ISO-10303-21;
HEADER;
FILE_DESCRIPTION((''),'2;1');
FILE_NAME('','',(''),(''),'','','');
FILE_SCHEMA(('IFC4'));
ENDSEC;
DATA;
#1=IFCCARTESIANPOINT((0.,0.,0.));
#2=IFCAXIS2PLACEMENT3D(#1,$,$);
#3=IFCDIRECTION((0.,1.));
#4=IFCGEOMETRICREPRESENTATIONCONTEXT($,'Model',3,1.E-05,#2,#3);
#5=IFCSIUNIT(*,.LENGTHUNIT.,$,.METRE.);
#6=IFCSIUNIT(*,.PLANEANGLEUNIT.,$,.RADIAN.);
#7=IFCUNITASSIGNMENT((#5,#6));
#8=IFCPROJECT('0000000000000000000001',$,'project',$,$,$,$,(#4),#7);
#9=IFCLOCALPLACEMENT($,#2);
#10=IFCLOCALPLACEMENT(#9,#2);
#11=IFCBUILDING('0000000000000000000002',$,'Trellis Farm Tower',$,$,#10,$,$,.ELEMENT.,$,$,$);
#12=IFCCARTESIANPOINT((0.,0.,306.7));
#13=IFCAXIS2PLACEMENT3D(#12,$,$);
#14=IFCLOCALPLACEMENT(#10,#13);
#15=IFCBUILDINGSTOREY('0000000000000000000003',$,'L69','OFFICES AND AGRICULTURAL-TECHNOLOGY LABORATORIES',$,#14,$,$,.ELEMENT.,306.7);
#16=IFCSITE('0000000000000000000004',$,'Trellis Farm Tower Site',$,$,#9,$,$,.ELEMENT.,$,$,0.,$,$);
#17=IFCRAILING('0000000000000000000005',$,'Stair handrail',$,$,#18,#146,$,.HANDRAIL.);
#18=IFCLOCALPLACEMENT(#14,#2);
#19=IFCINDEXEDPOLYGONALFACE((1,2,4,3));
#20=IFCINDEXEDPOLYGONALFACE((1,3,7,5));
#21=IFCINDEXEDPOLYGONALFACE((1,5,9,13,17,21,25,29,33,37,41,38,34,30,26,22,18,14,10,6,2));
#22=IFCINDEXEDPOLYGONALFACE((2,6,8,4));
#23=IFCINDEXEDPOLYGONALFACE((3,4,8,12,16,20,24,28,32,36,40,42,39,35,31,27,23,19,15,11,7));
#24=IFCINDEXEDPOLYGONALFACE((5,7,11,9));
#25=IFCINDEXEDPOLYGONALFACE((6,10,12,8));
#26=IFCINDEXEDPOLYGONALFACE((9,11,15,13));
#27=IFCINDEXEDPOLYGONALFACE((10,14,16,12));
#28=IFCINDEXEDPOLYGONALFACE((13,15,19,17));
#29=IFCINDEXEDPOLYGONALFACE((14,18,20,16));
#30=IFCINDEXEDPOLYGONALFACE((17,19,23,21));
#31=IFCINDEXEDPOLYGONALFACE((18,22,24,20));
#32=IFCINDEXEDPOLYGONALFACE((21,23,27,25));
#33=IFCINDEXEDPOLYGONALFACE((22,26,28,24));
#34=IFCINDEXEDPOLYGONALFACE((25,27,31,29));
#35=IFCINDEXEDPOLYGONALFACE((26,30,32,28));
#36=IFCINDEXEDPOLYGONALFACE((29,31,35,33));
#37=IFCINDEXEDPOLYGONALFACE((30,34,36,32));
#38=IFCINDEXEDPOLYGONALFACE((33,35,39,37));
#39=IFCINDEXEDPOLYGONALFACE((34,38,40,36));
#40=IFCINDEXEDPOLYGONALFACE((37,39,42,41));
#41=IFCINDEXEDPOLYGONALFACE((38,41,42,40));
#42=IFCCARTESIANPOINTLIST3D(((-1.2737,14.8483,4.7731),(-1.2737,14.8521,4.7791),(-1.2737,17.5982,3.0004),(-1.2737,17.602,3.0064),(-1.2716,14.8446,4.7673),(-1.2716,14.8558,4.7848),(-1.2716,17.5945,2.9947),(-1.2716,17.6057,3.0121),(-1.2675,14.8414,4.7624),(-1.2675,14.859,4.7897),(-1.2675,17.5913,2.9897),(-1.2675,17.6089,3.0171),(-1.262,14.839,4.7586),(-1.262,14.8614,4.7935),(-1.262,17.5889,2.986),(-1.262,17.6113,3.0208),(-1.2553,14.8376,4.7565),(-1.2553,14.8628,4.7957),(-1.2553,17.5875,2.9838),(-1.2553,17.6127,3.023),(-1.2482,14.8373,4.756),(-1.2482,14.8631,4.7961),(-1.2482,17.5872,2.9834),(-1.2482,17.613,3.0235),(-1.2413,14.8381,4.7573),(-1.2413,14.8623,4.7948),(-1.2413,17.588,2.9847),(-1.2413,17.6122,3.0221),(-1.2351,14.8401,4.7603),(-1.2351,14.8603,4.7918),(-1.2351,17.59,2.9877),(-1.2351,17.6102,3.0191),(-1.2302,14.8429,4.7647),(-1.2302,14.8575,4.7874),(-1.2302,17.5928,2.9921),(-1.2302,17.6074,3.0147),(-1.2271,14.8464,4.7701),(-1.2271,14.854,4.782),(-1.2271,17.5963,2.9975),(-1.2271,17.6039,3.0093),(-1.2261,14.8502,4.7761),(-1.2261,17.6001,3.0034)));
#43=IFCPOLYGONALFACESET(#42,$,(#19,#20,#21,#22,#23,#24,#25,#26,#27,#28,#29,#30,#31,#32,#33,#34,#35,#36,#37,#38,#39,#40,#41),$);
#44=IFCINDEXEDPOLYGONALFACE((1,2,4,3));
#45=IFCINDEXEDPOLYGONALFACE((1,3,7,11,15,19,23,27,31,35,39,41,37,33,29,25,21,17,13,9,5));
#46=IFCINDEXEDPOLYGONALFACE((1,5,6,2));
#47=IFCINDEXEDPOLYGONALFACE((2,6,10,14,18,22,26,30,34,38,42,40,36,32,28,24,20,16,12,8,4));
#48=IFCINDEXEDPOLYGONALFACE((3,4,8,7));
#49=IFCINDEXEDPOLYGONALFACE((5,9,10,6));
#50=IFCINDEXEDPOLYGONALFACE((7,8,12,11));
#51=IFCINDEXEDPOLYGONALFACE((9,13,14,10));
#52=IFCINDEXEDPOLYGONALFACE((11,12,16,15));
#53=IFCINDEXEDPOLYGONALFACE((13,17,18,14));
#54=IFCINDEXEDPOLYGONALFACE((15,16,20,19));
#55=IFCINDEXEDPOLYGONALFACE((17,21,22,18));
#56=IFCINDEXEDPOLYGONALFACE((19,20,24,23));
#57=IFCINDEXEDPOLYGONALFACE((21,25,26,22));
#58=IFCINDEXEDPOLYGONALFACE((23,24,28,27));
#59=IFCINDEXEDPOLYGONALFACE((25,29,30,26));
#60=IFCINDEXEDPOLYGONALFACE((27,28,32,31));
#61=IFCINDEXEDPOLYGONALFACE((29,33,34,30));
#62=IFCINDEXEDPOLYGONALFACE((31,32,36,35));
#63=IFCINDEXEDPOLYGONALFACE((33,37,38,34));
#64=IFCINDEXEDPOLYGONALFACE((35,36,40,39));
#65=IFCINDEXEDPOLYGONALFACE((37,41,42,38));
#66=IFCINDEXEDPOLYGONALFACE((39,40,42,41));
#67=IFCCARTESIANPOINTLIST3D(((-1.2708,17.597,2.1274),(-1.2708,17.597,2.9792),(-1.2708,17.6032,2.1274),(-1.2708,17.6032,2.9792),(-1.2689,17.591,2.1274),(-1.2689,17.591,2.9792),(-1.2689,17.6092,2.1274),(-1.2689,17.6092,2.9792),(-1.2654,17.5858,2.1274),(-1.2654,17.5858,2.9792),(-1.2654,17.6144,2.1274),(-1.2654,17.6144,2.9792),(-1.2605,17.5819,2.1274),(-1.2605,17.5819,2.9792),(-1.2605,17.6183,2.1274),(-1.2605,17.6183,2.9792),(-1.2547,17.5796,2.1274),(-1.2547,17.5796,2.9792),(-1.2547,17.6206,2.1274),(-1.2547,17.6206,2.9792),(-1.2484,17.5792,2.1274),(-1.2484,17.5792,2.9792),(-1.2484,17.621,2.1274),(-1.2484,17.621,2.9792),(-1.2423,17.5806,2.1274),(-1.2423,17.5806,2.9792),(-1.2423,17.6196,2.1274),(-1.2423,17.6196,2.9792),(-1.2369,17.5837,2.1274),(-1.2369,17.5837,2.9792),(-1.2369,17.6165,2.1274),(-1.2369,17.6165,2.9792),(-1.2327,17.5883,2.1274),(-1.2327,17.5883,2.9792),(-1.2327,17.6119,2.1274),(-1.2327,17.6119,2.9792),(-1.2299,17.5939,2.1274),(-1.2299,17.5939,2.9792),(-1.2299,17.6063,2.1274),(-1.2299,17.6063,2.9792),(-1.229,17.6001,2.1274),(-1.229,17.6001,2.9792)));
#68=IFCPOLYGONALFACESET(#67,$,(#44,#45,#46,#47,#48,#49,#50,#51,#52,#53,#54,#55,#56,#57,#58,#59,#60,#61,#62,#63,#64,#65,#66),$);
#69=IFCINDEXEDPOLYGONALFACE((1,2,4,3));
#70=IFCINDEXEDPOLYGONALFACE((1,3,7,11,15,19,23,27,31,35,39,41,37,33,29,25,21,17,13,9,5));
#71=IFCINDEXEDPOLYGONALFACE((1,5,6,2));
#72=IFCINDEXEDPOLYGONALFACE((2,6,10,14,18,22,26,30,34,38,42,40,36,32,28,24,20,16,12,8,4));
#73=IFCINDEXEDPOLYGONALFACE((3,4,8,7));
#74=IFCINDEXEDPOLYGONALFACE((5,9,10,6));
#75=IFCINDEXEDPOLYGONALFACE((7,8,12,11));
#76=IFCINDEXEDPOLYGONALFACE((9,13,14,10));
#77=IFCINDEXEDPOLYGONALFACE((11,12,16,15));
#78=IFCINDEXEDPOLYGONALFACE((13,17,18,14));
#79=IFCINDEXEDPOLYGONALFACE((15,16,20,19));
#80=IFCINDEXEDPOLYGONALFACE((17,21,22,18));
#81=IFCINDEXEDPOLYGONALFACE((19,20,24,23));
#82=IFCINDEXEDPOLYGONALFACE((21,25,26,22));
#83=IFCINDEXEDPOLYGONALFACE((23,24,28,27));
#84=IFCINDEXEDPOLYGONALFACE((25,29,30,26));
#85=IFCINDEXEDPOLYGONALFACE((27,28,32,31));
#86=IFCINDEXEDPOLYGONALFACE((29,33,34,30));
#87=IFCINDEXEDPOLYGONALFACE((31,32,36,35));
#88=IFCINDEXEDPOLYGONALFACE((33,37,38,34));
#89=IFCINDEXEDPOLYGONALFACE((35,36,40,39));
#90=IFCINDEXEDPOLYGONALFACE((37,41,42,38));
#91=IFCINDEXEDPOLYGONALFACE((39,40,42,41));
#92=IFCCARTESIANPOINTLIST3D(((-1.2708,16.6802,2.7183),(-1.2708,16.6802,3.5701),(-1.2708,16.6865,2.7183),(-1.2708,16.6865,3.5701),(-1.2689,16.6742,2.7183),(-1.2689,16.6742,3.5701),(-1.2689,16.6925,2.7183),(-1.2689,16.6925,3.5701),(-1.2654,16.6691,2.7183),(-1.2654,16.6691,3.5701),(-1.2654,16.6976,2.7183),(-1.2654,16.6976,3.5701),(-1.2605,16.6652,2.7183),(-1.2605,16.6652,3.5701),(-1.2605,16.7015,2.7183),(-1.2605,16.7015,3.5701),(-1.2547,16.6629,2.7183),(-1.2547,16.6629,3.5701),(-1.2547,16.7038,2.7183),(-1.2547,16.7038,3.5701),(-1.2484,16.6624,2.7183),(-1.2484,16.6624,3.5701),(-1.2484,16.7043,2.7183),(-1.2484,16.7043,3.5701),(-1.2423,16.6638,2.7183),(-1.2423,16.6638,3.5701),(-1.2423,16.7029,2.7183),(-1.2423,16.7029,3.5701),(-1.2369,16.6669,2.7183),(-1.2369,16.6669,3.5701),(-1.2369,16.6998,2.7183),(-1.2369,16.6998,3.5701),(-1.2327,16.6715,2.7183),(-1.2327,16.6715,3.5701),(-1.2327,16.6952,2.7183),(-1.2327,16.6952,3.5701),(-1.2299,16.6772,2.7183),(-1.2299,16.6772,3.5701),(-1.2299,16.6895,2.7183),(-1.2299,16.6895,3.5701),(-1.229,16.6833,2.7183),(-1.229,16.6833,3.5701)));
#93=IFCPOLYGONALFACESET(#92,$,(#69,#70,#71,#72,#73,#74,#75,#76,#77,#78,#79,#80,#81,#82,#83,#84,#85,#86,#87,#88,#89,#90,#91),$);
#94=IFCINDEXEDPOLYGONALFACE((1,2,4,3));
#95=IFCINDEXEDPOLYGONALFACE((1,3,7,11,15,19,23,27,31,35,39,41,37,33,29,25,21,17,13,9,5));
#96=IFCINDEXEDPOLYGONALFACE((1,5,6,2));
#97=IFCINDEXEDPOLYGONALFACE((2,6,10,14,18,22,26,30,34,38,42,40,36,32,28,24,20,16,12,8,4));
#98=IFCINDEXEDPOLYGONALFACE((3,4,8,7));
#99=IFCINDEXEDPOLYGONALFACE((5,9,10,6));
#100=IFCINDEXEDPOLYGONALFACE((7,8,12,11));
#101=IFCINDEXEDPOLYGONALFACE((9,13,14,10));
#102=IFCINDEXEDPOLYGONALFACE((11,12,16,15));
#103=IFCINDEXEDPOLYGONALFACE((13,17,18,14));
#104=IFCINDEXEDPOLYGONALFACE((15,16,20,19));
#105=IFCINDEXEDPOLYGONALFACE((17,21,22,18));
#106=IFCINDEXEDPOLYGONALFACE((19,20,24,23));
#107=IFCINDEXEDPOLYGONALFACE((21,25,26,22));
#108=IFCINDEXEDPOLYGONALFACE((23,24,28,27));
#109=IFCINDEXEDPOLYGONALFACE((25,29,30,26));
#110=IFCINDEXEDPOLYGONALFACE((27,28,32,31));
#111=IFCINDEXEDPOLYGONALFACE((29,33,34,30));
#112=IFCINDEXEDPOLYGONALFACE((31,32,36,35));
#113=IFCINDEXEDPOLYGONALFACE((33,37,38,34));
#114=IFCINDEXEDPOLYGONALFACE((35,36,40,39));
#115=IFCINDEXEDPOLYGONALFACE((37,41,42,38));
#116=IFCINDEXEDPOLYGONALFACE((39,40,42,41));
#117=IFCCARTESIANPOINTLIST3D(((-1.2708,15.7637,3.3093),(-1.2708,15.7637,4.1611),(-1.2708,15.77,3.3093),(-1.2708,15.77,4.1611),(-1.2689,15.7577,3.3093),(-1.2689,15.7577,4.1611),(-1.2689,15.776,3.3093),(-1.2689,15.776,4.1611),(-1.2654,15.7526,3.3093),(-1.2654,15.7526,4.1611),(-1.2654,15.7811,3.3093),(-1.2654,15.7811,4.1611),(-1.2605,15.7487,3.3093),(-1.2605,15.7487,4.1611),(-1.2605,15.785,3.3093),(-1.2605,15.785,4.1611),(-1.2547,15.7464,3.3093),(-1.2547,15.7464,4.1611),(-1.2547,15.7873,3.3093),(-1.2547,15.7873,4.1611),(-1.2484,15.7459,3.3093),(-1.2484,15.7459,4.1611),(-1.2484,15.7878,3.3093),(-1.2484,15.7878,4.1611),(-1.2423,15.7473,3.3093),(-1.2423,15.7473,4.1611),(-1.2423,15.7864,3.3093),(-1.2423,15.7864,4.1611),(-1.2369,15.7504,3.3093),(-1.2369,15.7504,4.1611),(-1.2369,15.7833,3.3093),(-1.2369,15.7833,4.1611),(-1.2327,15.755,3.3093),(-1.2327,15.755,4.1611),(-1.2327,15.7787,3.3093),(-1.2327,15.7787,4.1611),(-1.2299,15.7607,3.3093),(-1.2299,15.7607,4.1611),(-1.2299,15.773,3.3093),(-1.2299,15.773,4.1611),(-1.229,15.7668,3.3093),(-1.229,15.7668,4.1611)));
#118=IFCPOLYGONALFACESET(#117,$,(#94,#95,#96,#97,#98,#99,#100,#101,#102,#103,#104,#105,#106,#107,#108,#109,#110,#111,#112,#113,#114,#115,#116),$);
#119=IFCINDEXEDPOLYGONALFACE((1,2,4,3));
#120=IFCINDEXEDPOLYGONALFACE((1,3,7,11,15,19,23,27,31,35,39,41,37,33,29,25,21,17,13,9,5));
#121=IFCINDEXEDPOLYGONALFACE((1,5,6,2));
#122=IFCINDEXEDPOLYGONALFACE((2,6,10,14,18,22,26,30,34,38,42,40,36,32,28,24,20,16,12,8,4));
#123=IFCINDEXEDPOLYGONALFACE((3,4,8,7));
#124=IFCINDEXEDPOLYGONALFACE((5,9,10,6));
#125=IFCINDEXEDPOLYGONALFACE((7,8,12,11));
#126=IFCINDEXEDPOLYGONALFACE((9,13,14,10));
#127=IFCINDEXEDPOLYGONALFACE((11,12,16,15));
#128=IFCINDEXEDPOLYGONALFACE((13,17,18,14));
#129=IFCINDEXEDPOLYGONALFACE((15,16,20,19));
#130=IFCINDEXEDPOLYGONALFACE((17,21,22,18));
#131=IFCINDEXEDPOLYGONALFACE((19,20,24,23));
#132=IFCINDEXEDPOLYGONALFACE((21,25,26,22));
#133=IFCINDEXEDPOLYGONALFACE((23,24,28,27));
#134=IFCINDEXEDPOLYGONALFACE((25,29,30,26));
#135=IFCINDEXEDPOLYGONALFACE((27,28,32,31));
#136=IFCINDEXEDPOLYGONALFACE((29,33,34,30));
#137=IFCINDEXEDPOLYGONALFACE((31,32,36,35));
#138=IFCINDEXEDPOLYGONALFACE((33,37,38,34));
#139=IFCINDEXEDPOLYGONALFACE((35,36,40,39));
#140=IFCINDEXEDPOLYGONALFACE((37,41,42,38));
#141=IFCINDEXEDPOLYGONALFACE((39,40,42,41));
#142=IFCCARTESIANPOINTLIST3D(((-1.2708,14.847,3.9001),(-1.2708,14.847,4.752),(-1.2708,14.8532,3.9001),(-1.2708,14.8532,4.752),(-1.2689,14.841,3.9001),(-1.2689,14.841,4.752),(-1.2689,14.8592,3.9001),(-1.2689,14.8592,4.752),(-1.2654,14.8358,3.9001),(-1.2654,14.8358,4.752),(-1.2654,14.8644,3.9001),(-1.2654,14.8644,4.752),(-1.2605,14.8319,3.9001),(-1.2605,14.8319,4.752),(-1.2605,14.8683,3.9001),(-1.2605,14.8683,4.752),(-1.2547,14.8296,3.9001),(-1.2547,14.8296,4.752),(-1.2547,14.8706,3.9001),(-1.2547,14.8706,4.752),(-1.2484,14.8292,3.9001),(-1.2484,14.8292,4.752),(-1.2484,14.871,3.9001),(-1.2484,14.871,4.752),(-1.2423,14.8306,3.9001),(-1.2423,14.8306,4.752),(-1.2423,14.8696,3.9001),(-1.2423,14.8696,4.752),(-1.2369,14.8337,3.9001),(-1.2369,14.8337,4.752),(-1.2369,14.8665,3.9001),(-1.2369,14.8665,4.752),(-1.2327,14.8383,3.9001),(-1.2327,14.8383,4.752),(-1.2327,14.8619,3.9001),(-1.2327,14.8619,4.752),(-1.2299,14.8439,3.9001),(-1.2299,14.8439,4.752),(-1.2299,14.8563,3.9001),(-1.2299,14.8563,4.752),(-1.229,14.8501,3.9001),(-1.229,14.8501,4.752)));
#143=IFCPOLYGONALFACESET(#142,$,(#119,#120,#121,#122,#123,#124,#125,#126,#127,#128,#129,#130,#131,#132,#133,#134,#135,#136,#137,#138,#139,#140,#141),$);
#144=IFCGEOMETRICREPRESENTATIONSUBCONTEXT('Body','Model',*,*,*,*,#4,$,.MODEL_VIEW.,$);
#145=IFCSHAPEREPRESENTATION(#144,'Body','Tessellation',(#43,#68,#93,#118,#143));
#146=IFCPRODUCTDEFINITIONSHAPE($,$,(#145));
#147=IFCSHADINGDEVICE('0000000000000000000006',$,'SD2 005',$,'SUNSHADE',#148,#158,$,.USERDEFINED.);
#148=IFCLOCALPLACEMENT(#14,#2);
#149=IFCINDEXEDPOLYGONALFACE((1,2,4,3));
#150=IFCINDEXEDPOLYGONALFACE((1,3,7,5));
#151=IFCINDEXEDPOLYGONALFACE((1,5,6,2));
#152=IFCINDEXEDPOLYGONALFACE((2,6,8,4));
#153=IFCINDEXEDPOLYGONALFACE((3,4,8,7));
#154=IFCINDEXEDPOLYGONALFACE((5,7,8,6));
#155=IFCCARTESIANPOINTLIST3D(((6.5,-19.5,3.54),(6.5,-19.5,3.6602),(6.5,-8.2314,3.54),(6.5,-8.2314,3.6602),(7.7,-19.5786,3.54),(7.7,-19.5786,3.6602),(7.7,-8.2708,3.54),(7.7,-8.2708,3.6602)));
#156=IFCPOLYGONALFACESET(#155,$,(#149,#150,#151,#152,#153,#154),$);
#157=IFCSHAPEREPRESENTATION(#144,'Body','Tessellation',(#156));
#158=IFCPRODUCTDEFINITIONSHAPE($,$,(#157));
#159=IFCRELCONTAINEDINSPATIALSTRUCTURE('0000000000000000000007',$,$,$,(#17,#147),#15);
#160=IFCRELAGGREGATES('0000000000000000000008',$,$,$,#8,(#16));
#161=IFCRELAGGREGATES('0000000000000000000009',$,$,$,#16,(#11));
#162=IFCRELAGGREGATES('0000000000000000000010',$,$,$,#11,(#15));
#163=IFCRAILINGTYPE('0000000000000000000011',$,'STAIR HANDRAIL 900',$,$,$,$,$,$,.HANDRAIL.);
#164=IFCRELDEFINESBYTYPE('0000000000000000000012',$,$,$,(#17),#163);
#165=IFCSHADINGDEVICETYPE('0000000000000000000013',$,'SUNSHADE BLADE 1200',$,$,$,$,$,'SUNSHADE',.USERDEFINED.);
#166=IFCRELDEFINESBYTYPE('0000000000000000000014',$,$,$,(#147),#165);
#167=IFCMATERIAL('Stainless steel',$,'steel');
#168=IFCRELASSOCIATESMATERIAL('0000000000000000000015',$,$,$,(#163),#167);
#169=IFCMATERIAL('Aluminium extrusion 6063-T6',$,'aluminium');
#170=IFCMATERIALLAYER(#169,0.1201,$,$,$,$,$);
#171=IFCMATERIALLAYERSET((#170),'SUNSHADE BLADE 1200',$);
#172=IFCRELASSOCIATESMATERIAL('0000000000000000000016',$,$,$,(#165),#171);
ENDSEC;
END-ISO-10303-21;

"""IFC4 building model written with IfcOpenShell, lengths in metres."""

from ifc_helpers import new_model, si_unit, direction, frame, origin, origin_2d, place, context, subcontext, project, spatial, polyline, circle, outline, extrude, source, transform, mapped, material, layer, layer_set, type_object, element, save


model = new_model("IFC4")

# Units and contexts
model_context = context("Model", 3, precision=1e-05, world=origin(), true_north=direction((0.0, 1.0)))
body_context = subcontext(model_context, "Body", "Model", "MODEL_VIEW")
ifc_project = project(units=[si_unit("LENGTHUNIT", "METRE"), si_unit("PLANEANGLEUNIT", "RADIAN")], contexts=[model_context])

# Site, building, storey
site_placement = place(None, origin())
site = spatial("IfcSite", under=ifc_project, at=site_placement, Name="Trellis Farm Tower Site", CompositionType="ELEMENT", RefElevation=0.0)
building_placement = place(site_placement, origin())
building = spatial("IfcBuilding", under=site, at=building_placement, Name="Trellis Farm Tower", CompositionType="ELEMENT")
storey_placement = place(building_placement, frame((0.0, 0.0, 306.7)))
storey = spatial("IfcBuildingStorey", under=building, at=storey_placement, Name="L69", Description="OFFICES AND AGRICULTURAL-TECHNOLOGY LABORATORIES", CompositionType="ELEMENT", Elevation=306.7)

# Shared definitions
ifc_material_1 = material(Name="Aluminium extrusion 6063-T6", Category="aluminium")

# Railing
ifc_material_2 = material(Name="Stainless steel", Category="steel")
railing_type = type_object("IfcRailingType", Name="STAIR HANDRAIL 900", PredefinedType="HANDRAIL", material=ifc_material_2)
shared_shape_1 = source(origin(), body_context, "Body", "SweptSolid", [
    extrude(circle(Radius=0.0239, at=origin_2d()), frame((0.0, 0.0, 0.876), z_axis=(0.0, -0.840504, 0.541806), x_axis=(1.0, 0.0, 0.0)), (0.0, 0.0, 1.0), 3.2717),
    extrude(circle(Radius=0.021, at=origin_2d()), origin(), (0.0, 0.0, 1.0), 0.8518),
    extrude(circle(Radius=0.021, at=origin_2d()), frame((0.0, -0.9167, 0.5908)), (0.0, 0.0, 1.0), 0.8518),
    extrude(circle(Radius=0.021, at=origin_2d()), frame((0.0, -1.8333, 1.1819)), (0.0, 0.0, 1.0), 0.8518),
    extrude(circle(Radius=0.021, at=origin_2d()), frame((0.0, -2.75, 1.7727)), (0.0, 0.0, 1.0), 0.8518),
])
railing_placement = place(storey_placement, frame((-1.25, 17.6001, 2.1274)))
element("IfcRailing", 1, at=railing_placement, inside=storey, type_object=railing_type, Name="Stair handrail", PredefinedType="HANDRAIL", context=body_context, shape_type="MappedRepresentation", body=[
    mapped(shared_shape_1, transform((0.0, 0.0, 0.0))),
])

# Shading device
ifc_layer_1 = layer(ifc_material_1, 0.1201)
ifc_layer_set_1 = layer_set([ifc_layer_1], Name="SUNSHADE BLADE 1200")
shading_device_type = type_object("IfcShadingDeviceType", Name="SUNSHADE BLADE 1200", ElementType="SUNSHADE", PredefinedType="USERDEFINED", material=ifc_layer_set_1)
shared_shape_2 = source(origin(), body_context, "Body", "SweptSolid", [
    extrude(outline(polyline([(7.7, -19.5786), (7.7, -8.2708), (6.5, -8.2314), (6.5, -19.5), (7.7, -19.5786)])), origin(), (0.0, 0.0, 1.0), 0.1201),
])
shading_device_placement = place(storey_placement, frame((0.0, 0.0, 3.54)))
element("IfcShadingDevice", 2, at=shading_device_placement, inside=storey, type_object=shading_device_type, Name="SD2 005", ObjectType="SUNSHADE", PredefinedType="USERDEFINED", context=body_context, shape_type="MappedRepresentation", body=[
    mapped(shared_shape_2, transform((0.0, 0.0, 0.0))),
])

save(model, "model.ifc")
